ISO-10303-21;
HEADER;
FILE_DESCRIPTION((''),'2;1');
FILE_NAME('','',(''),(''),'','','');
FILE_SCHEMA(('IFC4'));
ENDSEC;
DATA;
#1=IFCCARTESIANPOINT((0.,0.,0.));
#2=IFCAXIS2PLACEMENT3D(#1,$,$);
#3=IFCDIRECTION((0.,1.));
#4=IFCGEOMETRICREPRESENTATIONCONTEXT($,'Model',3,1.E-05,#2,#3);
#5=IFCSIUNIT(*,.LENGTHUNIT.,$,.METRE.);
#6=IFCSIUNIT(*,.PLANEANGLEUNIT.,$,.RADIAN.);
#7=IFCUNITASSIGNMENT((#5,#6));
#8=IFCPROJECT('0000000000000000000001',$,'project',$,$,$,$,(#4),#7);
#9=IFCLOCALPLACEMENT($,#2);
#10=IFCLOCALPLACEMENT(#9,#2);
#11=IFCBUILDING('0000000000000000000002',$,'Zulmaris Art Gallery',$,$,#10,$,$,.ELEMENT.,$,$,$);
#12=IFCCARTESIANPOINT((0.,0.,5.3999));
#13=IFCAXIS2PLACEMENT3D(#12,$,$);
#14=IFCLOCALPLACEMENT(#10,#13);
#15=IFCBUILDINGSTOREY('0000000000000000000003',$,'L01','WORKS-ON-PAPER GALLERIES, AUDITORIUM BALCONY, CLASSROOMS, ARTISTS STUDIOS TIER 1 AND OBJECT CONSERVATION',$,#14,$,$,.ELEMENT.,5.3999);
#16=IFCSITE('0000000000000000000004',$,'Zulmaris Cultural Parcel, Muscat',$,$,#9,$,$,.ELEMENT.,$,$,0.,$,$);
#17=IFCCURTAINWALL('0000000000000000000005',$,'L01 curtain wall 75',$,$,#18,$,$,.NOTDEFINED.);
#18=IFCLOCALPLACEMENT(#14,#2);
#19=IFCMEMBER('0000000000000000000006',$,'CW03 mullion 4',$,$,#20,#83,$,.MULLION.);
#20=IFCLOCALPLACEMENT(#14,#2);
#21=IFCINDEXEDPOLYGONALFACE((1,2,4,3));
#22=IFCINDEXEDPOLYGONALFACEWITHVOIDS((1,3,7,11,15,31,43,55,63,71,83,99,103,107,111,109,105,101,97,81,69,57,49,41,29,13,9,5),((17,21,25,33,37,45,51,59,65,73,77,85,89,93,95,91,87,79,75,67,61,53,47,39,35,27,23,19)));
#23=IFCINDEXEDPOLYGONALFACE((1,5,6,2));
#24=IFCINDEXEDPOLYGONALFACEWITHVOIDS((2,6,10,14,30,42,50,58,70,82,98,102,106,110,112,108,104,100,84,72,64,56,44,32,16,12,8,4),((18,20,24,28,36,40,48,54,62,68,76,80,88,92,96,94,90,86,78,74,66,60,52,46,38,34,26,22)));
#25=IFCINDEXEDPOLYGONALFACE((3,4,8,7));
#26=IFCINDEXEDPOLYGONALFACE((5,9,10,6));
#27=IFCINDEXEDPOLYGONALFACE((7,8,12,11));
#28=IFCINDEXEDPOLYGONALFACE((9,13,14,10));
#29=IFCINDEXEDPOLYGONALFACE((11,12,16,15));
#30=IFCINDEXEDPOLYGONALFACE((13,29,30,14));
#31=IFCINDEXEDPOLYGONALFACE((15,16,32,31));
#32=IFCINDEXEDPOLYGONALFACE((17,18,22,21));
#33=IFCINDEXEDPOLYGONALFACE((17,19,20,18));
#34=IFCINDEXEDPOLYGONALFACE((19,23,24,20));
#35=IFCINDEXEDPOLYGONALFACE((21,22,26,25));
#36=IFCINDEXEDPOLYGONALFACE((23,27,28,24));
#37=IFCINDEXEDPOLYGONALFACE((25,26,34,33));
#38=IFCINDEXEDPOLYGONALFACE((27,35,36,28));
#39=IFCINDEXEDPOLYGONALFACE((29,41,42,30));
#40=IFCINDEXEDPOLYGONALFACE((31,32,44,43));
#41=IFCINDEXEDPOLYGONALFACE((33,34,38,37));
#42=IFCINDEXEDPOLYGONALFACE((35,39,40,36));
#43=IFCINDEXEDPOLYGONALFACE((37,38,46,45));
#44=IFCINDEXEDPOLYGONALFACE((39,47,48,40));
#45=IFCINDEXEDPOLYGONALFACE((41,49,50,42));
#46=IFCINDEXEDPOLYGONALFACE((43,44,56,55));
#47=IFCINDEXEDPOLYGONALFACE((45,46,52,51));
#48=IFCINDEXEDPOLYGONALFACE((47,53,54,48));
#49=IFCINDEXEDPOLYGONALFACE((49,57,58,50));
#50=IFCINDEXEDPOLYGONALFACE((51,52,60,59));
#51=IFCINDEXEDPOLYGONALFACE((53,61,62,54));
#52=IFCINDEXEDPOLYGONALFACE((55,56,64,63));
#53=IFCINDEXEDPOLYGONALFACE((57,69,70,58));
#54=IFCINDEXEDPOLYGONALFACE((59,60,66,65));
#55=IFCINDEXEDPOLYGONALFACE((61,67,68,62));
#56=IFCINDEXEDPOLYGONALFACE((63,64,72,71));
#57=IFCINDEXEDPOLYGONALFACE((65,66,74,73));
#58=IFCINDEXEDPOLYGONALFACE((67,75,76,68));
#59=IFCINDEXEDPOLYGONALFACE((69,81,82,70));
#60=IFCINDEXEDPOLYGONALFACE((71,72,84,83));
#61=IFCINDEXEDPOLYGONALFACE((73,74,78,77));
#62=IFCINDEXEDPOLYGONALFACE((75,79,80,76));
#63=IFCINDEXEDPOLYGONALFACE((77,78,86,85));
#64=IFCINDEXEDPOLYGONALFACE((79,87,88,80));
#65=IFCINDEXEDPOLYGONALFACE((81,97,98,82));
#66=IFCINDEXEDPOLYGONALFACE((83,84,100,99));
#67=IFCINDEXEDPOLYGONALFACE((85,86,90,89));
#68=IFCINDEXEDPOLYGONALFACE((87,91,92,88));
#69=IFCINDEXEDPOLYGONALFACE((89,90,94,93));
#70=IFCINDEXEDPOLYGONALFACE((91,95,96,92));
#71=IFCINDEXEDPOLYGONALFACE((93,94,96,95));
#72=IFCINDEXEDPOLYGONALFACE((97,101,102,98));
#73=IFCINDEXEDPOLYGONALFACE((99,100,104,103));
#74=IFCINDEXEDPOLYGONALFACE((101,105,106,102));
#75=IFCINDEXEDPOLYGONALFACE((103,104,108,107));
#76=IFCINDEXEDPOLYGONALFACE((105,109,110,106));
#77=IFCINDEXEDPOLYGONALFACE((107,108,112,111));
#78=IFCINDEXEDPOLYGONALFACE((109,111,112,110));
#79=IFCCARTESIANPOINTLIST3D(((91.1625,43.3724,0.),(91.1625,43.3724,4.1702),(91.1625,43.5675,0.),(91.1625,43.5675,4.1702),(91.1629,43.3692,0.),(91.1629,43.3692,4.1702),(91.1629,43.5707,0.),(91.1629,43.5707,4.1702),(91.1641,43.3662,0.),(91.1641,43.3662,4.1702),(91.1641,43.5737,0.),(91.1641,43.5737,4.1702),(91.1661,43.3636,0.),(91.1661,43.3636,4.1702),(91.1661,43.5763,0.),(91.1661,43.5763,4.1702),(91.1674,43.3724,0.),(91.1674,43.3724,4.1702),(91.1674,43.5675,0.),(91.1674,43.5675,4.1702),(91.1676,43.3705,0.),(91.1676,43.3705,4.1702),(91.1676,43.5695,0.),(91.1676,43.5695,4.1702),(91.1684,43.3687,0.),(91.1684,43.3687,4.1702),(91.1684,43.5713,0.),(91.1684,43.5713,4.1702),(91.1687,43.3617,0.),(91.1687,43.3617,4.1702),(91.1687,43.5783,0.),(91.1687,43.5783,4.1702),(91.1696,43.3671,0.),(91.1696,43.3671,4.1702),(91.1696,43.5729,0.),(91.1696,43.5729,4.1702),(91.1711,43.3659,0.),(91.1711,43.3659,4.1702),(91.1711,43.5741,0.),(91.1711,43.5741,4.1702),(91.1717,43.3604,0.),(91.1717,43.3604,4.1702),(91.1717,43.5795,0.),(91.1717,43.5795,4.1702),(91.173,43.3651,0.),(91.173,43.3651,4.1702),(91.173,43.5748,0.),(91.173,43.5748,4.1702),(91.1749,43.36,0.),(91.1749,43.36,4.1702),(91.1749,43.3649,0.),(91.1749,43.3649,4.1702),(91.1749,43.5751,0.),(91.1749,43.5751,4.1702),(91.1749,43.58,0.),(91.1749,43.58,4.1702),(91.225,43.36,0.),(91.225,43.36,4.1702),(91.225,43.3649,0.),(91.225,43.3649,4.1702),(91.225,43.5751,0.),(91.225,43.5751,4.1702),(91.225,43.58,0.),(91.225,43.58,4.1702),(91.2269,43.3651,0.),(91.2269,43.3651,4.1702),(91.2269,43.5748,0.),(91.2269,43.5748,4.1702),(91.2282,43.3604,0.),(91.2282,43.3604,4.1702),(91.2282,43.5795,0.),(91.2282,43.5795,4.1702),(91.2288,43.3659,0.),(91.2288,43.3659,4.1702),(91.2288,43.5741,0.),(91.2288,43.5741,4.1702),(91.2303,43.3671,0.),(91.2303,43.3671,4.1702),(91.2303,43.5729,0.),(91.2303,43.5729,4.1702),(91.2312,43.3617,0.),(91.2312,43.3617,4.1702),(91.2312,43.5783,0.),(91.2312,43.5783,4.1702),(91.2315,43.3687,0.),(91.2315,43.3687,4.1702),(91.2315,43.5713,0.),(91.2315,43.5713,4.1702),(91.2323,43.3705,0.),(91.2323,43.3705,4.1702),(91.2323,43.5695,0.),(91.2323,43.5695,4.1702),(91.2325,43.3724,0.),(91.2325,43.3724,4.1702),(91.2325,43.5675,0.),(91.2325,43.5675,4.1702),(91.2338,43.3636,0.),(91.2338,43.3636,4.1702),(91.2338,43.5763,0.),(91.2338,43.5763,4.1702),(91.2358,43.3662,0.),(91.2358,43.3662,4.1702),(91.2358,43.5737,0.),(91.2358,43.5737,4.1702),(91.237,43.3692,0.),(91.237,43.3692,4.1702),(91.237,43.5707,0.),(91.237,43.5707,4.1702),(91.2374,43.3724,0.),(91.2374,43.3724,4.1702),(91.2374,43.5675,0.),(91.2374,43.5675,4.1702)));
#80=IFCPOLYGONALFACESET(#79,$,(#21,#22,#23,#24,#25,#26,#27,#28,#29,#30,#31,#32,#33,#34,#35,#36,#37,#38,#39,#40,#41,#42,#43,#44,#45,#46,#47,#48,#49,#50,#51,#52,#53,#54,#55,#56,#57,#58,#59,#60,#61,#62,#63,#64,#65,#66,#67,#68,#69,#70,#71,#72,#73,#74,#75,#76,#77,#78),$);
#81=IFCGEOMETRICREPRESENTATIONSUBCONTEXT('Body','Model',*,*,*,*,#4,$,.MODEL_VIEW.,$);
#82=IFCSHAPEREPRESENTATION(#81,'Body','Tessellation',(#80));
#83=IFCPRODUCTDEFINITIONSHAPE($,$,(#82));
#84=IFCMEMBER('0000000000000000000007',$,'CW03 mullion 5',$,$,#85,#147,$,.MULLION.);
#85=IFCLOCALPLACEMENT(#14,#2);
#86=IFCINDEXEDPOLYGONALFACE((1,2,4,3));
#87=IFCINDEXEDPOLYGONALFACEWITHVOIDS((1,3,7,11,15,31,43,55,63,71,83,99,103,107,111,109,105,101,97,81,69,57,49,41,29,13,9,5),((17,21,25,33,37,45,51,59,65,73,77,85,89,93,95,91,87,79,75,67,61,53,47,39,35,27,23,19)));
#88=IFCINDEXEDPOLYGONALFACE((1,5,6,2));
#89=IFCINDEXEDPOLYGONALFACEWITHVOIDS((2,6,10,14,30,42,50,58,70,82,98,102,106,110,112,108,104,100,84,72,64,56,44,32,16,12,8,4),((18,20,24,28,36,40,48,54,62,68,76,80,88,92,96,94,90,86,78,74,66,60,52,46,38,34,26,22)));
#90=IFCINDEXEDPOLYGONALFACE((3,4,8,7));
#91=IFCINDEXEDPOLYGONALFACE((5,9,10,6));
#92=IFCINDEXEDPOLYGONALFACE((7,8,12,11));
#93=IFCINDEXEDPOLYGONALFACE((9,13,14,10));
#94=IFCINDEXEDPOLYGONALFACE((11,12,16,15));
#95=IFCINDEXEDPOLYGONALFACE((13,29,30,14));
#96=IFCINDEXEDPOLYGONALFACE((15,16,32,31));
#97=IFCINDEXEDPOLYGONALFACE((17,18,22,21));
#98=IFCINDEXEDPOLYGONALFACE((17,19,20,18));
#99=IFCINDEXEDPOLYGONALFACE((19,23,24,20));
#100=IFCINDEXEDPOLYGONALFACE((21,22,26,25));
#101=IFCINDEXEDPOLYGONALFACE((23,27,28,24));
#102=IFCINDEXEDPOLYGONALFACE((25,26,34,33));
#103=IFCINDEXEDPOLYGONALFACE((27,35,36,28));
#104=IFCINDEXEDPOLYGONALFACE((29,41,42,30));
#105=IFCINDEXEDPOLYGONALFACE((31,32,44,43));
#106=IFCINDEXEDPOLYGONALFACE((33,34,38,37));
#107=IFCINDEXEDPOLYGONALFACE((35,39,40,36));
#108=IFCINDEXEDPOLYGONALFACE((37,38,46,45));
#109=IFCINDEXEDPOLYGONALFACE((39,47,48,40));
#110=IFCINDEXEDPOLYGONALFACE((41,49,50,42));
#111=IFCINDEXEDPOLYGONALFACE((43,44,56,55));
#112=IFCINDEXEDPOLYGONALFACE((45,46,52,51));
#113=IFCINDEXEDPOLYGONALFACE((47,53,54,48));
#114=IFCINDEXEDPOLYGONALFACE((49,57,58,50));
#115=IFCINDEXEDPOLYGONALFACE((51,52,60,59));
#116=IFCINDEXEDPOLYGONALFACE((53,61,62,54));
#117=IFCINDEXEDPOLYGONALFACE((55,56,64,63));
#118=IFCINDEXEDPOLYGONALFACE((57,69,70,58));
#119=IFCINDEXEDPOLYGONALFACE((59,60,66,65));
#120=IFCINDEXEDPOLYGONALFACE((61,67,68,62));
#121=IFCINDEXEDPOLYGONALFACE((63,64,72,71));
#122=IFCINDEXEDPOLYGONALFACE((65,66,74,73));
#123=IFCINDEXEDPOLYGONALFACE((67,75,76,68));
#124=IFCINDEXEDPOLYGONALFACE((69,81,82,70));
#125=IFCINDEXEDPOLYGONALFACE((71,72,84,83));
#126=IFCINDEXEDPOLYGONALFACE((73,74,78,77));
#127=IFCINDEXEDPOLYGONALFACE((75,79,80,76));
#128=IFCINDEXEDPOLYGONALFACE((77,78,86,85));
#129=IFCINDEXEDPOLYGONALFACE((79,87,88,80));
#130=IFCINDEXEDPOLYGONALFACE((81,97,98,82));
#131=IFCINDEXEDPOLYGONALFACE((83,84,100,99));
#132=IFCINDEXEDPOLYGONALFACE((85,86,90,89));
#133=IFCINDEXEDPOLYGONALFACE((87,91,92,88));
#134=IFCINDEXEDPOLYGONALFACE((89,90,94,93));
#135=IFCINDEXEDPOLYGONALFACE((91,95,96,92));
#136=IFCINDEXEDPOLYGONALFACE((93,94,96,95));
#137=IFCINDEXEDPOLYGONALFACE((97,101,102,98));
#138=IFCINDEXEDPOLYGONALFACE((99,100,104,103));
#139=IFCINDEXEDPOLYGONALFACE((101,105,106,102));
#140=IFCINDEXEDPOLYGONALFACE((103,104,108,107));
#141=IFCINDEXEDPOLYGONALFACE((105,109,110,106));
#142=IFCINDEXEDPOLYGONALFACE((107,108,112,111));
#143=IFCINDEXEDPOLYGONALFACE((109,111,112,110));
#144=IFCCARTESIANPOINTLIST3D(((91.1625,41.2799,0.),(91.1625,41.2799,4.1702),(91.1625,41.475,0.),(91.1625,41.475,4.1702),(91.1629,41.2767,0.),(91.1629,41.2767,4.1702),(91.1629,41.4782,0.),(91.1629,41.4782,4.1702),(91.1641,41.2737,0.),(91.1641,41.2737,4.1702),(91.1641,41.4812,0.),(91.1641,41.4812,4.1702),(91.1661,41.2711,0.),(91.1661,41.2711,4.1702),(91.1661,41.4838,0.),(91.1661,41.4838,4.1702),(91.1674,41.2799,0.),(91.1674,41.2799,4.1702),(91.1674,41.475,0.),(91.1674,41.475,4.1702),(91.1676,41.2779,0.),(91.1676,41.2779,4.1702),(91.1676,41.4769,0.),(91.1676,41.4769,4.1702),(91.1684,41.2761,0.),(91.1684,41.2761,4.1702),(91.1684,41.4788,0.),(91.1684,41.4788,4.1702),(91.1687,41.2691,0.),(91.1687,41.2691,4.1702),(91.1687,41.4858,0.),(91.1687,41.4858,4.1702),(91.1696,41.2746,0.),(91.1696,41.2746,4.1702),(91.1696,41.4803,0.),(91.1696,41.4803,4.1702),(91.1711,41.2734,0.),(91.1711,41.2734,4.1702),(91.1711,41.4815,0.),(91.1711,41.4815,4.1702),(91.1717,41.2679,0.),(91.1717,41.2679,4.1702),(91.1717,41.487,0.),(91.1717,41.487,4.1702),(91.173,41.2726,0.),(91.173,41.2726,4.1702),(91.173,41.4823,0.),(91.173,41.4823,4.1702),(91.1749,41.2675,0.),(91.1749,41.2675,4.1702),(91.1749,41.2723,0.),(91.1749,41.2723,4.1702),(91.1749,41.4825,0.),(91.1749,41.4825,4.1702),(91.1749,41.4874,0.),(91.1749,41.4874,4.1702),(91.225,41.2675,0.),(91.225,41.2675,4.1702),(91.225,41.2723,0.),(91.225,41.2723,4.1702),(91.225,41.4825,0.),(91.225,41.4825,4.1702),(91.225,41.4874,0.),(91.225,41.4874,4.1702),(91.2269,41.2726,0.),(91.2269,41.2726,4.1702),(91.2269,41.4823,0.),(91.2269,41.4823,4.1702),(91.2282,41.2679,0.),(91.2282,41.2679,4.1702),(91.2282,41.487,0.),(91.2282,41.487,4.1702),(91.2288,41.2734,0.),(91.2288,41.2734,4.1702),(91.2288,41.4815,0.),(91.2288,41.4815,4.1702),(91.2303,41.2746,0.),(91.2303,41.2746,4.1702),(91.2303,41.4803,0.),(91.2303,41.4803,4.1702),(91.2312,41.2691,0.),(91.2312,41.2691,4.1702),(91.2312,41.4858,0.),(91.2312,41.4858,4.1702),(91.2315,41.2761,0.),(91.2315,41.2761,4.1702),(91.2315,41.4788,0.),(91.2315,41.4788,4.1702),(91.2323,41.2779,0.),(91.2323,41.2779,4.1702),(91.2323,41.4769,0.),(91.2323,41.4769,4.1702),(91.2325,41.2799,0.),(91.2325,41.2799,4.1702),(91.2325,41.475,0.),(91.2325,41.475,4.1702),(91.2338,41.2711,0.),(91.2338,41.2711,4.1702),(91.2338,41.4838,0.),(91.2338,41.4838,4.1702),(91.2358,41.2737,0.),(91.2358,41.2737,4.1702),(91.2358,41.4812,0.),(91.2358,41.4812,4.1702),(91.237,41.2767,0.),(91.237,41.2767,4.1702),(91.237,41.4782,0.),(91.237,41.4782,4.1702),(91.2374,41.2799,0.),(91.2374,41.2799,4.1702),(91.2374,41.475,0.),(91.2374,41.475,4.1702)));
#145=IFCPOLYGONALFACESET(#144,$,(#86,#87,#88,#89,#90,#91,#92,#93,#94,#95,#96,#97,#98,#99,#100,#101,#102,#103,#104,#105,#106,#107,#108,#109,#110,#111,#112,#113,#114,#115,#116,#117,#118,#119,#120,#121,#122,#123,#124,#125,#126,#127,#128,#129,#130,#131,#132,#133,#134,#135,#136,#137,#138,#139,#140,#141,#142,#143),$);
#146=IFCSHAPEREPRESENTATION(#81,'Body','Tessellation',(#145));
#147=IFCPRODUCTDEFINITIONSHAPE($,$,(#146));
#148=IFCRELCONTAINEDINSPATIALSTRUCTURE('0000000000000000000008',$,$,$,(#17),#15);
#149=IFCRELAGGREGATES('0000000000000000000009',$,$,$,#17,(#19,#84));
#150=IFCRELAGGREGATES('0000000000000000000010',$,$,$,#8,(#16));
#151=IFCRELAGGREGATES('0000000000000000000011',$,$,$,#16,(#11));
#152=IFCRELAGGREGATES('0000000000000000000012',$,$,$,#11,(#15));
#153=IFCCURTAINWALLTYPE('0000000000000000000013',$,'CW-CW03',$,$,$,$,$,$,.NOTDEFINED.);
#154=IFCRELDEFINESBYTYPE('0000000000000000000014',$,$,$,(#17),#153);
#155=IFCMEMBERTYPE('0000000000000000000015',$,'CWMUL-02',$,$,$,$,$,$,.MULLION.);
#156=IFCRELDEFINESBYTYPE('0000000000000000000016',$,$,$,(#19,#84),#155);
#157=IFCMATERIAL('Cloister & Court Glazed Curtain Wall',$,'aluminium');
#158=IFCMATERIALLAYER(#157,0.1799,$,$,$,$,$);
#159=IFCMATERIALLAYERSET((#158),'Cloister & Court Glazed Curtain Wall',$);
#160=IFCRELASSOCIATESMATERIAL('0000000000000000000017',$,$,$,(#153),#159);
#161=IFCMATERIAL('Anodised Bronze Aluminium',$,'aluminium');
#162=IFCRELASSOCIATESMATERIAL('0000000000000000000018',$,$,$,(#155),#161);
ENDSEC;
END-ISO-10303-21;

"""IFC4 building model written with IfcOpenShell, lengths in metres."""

from ifc_helpers import new_model, si_unit, direction, frame, origin, origin_2d, place, context, subcontext, project, spatial, hollow_rectangle, extrude, material, layer, layer_set, material_profile, profile_set, type_object, element, aggregate, save


model = new_model("IFC4")

# Units and contexts
model_context = context("Model", 3, precision=1e-05, world=origin(), true_north=direction((0.0, 1.0)))
body_context = subcontext(model_context, "Body", "Model", "MODEL_VIEW")
ifc_project = project(units=[si_unit("LENGTHUNIT", "METRE"), si_unit("PLANEANGLEUNIT", "RADIAN")], contexts=[model_context])

# Site, building, storey
site_placement = place(None, origin())
site = spatial("IfcSite", under=ifc_project, at=site_placement, Name="Zulmaris Cultural Parcel, Muscat", CompositionType="ELEMENT", RefElevation=0.0)
building_placement = place(site_placement, origin())
building = spatial("IfcBuilding", under=site, at=building_placement, Name="Zulmaris Art Gallery", CompositionType="ELEMENT")
storey_placement = place(building_placement, frame((0.0, 0.0, 5.3999)))
storey = spatial("IfcBuildingStorey", under=building, at=storey_placement, Name="L01", Description="WORKS-ON-PAPER GALLERIES, AUDITORIUM BALCONY, CLASSROOMS, ARTISTS STUDIOS TIER 1 AND OBJECT CONSERVATION", CompositionType="ELEMENT", Elevation=5.3999)

# Curtain wall, members
ifc_material_1 = material(Name="Cloister & Court Glazed Curtain Wall", Category="aluminium")
ifc_layer_1 = layer(ifc_material_1, 0.1799)
ifc_layer_set_1 = layer_set([ifc_layer_1], Name="Cloister & Court Glazed Curtain Wall")
curtain_wall_type = type_object("IfcCurtainWallType", Name="CW-CW03", PredefinedType="NOTDEFINED", material=ifc_layer_set_1)
ifc_material_2 = material(Name="Anodised Bronze Aluminium", Category="aluminium")
ifc_material_profile_1 = material_profile(ifc_material_2, hollow_rectangle(XDim=0.075, YDim=0.22, WallThickness=0.0049, InnerFilletRadius=0.0076, OuterFilletRadius=0.0125, at=origin_2d()), Name="ALU 75x220x5")
ifc_profile_set_1 = profile_set([ifc_material_profile_1], Name="Anodised Bronze Aluminium")
member_type_1 = type_object("IfcMemberType", Name="CWMUL-02", PredefinedType="MULLION", material=ifc_profile_set_1)
curtain_wall_1_placement = place(storey_placement, origin())
curtain_wall_1 = element("IfcCurtainWall", 1, at=curtain_wall_1_placement, inside=storey, type_object=curtain_wall_type, Name="L01 curtain wall 75", PredefinedType="NOTDEFINED")
member_1_placement = place(storey_placement, frame((91.2, 43.47, 0.0), z_axis=(0.0, 0.0, 1.0), x_axis=(1.0, 0.0, 0.0)))
member_1 = element("IfcMember", 2, at=member_1_placement, type_object=member_type_1, Name="CW03 mullion 4", PredefinedType="MULLION", context=body_context, shape_type="SweptSolid", body=[
    extrude(hollow_rectangle(XDim=0.075, YDim=0.22, WallThickness=0.0049, InnerFilletRadius=0.0076, OuterFilletRadius=0.0125, at=origin_2d()), origin(), (0.0, 0.0, 1.0), 4.1702),
])
member_2_placement = place(storey_placement, frame((91.2, 41.3774, 0.0), z_axis=(0.0, 0.0, 1.0), x_axis=(1.0, 0.0, 0.0)))
member_2 = element("IfcMember", 3, at=member_2_placement, type_object=member_type_1, Name="CW03 mullion 5", PredefinedType="MULLION", context=body_context, shape_type="SweptSolid", body=[
    extrude(hollow_rectangle(XDim=0.075, YDim=0.22, WallThickness=0.0049, InnerFilletRadius=0.0076, OuterFilletRadius=0.0125, at=origin_2d()), origin(), (0.0, 0.0, 1.0), 4.1702),
])

aggregate(curtain_wall_1, [member_1, member_2])

save(model, "model.ifc")
